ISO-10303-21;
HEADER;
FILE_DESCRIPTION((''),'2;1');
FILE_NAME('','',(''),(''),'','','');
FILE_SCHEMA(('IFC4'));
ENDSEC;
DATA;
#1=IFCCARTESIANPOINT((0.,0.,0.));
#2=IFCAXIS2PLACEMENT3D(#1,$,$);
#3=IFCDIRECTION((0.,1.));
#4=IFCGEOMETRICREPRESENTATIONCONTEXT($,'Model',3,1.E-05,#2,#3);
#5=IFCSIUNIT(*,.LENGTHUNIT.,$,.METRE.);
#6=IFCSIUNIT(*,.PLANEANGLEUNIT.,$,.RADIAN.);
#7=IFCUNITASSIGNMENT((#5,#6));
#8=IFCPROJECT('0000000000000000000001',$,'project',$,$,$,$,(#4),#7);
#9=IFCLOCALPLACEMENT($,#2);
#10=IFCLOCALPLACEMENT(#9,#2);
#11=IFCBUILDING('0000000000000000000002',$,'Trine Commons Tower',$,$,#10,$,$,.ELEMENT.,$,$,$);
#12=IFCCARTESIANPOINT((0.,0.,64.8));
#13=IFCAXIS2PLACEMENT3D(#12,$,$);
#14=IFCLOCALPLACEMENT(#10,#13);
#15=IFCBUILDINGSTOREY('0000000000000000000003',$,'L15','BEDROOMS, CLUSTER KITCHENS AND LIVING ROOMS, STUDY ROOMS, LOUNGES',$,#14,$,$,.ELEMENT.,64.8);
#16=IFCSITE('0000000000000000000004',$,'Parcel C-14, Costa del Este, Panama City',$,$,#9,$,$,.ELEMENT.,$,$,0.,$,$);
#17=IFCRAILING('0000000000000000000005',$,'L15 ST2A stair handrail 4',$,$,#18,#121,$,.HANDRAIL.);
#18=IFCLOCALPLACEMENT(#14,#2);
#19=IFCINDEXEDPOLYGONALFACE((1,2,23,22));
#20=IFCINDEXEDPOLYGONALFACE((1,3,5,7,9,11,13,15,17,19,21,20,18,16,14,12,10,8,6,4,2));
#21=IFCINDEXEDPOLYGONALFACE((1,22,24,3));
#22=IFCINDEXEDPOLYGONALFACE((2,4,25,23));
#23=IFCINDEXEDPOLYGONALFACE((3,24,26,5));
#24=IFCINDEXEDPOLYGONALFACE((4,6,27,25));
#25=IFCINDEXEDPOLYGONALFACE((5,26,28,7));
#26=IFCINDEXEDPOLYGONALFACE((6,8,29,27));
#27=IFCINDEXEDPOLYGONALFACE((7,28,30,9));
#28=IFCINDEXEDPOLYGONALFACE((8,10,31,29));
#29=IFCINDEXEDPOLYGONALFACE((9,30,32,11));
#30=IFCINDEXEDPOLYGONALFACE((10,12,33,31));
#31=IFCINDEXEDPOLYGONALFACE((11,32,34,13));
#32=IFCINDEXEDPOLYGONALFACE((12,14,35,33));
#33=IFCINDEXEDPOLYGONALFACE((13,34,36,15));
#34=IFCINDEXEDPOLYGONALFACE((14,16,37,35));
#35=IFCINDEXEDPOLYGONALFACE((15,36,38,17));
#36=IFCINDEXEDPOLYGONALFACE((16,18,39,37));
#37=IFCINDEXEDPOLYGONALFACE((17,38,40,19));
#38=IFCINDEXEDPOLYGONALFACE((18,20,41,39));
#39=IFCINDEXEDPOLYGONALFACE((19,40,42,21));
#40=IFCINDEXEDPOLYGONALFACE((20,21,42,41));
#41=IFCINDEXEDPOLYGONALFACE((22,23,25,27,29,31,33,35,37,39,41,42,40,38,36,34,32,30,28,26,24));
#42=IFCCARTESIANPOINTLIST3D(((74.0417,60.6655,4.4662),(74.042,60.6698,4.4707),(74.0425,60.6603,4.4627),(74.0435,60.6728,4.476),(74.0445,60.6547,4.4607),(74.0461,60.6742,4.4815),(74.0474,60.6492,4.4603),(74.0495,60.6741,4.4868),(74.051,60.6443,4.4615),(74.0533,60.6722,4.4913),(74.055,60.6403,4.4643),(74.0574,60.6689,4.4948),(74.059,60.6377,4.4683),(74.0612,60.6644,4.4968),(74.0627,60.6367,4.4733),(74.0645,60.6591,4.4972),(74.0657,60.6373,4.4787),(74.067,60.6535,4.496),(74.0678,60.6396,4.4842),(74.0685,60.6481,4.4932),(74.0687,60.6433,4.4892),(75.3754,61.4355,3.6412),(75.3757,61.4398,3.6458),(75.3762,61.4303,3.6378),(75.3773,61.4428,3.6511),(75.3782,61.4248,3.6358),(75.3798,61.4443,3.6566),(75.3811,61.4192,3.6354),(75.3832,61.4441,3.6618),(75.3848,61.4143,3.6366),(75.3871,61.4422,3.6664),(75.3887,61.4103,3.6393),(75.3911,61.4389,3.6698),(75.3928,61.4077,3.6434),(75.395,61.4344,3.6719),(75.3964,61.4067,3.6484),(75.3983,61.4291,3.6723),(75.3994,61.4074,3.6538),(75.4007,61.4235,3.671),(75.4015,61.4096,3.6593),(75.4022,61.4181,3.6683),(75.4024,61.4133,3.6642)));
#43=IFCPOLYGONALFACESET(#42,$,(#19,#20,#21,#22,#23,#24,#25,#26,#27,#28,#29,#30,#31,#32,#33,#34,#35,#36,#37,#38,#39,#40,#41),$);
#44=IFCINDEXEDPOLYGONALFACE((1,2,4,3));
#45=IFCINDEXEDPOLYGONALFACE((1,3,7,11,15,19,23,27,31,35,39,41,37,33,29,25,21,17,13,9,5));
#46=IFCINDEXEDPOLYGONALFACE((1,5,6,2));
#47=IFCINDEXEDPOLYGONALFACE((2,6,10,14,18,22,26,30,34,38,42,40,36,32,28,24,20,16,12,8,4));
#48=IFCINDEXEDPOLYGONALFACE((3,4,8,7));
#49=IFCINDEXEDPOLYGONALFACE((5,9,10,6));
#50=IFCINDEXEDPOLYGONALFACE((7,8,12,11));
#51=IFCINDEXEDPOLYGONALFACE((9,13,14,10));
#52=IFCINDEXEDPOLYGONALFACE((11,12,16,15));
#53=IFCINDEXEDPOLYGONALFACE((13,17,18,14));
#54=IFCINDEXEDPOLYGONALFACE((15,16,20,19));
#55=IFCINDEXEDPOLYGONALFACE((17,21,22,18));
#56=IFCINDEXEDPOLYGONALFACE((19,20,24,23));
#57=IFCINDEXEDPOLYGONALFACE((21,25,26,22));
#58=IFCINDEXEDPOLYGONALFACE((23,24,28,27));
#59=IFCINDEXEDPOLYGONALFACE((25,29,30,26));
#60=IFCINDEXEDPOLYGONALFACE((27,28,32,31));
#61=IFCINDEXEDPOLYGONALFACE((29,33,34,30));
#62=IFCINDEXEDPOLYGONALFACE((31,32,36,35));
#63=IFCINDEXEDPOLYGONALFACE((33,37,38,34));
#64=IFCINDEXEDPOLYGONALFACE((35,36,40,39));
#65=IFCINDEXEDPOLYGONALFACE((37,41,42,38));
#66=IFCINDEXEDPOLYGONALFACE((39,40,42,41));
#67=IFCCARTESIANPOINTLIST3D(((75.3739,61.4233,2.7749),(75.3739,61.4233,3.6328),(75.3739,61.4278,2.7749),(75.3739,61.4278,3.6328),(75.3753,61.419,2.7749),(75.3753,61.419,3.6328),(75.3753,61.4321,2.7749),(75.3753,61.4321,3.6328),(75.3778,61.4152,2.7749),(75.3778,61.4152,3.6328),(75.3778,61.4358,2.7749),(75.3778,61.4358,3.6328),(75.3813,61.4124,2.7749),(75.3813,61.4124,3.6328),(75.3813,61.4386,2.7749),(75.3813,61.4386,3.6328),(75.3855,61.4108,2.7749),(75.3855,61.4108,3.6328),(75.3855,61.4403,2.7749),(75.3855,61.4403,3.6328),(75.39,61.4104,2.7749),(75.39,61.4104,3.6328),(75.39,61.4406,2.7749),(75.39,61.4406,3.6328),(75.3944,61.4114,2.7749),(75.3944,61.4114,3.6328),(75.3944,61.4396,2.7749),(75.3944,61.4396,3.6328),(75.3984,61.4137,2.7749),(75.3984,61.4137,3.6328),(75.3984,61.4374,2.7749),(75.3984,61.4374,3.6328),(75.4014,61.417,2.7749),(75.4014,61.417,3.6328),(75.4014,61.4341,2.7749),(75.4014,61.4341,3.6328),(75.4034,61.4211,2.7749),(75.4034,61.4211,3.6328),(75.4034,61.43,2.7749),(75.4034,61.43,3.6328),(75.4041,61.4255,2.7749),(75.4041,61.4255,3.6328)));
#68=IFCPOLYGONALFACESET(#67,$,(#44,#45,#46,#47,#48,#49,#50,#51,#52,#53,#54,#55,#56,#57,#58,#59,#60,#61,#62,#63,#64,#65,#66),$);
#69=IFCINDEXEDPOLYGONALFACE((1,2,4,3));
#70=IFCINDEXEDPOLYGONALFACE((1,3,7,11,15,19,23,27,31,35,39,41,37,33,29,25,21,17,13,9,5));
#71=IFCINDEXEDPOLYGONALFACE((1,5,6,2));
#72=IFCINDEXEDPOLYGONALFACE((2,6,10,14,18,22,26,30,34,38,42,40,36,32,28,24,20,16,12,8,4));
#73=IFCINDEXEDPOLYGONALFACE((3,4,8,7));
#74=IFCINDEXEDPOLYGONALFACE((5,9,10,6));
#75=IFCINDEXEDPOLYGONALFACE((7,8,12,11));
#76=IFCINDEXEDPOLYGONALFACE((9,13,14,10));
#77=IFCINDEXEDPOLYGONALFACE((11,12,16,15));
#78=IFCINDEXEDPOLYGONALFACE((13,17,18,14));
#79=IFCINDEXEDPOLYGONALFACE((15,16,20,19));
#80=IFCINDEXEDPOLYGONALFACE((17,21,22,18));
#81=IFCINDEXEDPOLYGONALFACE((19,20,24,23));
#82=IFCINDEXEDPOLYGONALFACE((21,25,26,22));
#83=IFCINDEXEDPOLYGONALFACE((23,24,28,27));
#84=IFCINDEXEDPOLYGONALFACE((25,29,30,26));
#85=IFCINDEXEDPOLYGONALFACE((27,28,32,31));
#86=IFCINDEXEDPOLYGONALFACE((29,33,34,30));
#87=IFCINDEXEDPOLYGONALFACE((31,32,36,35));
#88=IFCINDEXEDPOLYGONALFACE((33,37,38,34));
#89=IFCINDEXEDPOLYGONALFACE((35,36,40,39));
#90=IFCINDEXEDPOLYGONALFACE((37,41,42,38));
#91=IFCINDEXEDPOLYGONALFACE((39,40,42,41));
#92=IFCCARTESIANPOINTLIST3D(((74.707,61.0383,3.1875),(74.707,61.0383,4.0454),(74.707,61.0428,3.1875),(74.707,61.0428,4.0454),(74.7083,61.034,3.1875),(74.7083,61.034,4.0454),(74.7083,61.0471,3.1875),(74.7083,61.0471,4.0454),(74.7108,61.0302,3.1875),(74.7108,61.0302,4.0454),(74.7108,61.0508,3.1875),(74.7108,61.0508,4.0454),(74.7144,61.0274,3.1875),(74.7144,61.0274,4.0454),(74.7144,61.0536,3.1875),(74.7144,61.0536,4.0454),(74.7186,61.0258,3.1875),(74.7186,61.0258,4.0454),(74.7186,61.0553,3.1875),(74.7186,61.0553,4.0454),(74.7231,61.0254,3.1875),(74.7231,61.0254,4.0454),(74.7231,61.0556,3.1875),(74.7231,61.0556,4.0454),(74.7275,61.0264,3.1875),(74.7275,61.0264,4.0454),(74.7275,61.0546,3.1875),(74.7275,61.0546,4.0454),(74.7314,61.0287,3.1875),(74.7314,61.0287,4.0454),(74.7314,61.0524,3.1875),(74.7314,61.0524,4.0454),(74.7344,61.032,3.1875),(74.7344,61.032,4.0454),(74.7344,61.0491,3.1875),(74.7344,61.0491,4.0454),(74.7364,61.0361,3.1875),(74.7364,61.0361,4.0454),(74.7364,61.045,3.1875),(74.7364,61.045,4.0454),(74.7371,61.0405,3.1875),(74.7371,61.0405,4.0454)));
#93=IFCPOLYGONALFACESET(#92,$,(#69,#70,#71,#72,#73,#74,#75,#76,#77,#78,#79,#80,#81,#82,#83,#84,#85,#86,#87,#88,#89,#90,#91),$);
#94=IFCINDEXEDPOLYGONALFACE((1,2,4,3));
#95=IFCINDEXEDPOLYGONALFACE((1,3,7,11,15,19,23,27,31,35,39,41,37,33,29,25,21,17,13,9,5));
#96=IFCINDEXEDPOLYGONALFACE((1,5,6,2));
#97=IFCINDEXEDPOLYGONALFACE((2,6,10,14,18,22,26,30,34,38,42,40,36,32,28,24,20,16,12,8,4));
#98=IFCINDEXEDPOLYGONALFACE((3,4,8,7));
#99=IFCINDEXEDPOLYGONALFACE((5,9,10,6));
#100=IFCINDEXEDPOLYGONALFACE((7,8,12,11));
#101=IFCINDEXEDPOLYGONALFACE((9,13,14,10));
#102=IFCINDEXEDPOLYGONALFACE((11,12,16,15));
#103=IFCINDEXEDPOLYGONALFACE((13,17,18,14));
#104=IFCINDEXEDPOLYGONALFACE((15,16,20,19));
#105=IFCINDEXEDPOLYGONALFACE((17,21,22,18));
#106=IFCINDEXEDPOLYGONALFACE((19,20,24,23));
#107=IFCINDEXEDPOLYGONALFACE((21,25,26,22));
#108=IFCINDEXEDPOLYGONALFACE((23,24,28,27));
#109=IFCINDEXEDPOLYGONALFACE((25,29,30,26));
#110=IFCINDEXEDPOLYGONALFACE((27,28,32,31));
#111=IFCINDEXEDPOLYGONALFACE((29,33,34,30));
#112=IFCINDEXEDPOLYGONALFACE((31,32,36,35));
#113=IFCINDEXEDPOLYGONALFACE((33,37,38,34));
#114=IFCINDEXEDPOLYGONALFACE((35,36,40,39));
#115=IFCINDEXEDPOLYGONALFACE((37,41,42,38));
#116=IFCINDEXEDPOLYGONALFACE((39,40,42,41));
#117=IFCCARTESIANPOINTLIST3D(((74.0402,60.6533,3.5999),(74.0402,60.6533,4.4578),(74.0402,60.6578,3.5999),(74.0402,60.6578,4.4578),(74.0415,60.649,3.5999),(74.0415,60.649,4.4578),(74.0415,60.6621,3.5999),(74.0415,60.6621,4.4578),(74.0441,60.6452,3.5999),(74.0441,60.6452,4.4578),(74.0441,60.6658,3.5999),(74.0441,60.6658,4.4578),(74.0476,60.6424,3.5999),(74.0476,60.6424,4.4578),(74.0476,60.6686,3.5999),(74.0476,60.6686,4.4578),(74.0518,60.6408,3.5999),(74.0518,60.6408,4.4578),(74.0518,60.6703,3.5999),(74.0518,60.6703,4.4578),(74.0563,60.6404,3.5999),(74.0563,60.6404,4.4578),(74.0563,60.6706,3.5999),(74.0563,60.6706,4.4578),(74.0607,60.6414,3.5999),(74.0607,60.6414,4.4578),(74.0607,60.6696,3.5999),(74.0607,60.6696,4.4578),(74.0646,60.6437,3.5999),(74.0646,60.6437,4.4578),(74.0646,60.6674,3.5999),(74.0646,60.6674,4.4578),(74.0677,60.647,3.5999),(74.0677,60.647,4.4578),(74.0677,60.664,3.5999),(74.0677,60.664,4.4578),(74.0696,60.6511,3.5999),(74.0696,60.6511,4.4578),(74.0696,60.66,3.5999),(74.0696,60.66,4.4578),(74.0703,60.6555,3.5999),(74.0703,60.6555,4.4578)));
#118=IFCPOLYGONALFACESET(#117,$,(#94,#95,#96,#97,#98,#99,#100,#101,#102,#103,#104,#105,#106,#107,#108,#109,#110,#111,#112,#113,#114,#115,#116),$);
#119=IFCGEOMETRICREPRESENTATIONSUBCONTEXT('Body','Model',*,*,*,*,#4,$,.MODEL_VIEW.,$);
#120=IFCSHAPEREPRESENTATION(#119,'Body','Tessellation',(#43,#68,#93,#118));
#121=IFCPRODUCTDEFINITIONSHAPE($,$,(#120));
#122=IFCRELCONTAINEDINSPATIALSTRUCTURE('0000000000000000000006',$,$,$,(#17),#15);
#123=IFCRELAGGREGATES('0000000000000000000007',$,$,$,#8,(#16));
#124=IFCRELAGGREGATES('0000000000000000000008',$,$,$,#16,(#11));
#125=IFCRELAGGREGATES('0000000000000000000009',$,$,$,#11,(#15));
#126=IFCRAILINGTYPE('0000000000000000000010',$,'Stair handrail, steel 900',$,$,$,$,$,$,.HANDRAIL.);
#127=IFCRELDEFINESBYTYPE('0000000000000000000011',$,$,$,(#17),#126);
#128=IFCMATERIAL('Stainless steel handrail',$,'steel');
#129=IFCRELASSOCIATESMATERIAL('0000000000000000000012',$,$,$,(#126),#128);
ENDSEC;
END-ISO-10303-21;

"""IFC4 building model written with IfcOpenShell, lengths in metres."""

from ifc_helpers import new_model, si_unit, direction, frame, origin, origin_2d, place, context, subcontext, project, spatial, circle, extrude, material, type_object, element, save


model = new_model("IFC4")

# Units and contexts
model_context = context("Model", 3, precision=1e-05, world=origin(), true_north=direction((0.0, 1.0)))
body_context = subcontext(model_context, "Body", "Model", "MODEL_VIEW")
ifc_project = project(units=[si_unit("LENGTHUNIT", "METRE"), si_unit("PLANEANGLEUNIT", "RADIAN")], contexts=[model_context])

# Site, building, storey
site_placement = place(None, origin())
site = spatial("IfcSite", under=ifc_project, at=site_placement, Name="Parcel C-14, Costa del Este, Panama City", CompositionType="ELEMENT", RefElevation=0.0)
building_placement = place(site_placement, origin())
building = spatial("IfcBuilding", under=site, at=building_placement, Name="Trine Commons Tower", CompositionType="ELEMENT")
storey_placement = place(building_placement, frame((0.0, 0.0, 64.8)))
storey = spatial("IfcBuildingStorey", under=building, at=storey_placement, Name="L15", Description="BEDROOMS, CLUSTER KITCHENS AND LIVING ROOMS, STUDY ROOMS, LOUNGES", CompositionType="ELEMENT", Elevation=64.8)

# Railing
ifc_material_1 = material(Name="Stainless steel handrail", Category="steel")
railing_type_1 = type_object("IfcRailingType", Name="Stair handrail, steel 900", PredefinedType="HANDRAIL", material=ifc_material_1)
railing_1_placement = place(storey_placement, frame((75.3889, 61.4255, 2.7749)))
element("IfcRailing", 1, at=railing_1_placement, inside=storey, type_object=railing_type_1, Name="L15 ST2A stair handrail 4", PredefinedType="HANDRAIL", context=body_context, shape_type="SweptSolid", body=[
    extrude(circle(Radius=0.021, at=origin_2d()), frame((0.0, 0.0, 0.8789), z_axis=(-0.763405, -0.440743, 0.472185), x_axis=(0.499992, -0.86603, 0.0)), (0.0, 0.0, 1.0), 1.7471),
    extrude(circle(Radius=0.0151, at=origin_2d()), origin(), (0.0, 0.0, 1.0), 0.8579),
    extrude(circle(Radius=0.0151, at=origin_2d()), frame((-0.667, -0.385, 0.4126)), (0.0, 0.0, 1.0), 0.8579),
    extrude(circle(Radius=0.0151, at=origin_2d()), frame((-1.3337, -0.77, 0.825)), (0.0, 0.0, 1.0), 0.8579),
])

save(model, "model.ifc")
